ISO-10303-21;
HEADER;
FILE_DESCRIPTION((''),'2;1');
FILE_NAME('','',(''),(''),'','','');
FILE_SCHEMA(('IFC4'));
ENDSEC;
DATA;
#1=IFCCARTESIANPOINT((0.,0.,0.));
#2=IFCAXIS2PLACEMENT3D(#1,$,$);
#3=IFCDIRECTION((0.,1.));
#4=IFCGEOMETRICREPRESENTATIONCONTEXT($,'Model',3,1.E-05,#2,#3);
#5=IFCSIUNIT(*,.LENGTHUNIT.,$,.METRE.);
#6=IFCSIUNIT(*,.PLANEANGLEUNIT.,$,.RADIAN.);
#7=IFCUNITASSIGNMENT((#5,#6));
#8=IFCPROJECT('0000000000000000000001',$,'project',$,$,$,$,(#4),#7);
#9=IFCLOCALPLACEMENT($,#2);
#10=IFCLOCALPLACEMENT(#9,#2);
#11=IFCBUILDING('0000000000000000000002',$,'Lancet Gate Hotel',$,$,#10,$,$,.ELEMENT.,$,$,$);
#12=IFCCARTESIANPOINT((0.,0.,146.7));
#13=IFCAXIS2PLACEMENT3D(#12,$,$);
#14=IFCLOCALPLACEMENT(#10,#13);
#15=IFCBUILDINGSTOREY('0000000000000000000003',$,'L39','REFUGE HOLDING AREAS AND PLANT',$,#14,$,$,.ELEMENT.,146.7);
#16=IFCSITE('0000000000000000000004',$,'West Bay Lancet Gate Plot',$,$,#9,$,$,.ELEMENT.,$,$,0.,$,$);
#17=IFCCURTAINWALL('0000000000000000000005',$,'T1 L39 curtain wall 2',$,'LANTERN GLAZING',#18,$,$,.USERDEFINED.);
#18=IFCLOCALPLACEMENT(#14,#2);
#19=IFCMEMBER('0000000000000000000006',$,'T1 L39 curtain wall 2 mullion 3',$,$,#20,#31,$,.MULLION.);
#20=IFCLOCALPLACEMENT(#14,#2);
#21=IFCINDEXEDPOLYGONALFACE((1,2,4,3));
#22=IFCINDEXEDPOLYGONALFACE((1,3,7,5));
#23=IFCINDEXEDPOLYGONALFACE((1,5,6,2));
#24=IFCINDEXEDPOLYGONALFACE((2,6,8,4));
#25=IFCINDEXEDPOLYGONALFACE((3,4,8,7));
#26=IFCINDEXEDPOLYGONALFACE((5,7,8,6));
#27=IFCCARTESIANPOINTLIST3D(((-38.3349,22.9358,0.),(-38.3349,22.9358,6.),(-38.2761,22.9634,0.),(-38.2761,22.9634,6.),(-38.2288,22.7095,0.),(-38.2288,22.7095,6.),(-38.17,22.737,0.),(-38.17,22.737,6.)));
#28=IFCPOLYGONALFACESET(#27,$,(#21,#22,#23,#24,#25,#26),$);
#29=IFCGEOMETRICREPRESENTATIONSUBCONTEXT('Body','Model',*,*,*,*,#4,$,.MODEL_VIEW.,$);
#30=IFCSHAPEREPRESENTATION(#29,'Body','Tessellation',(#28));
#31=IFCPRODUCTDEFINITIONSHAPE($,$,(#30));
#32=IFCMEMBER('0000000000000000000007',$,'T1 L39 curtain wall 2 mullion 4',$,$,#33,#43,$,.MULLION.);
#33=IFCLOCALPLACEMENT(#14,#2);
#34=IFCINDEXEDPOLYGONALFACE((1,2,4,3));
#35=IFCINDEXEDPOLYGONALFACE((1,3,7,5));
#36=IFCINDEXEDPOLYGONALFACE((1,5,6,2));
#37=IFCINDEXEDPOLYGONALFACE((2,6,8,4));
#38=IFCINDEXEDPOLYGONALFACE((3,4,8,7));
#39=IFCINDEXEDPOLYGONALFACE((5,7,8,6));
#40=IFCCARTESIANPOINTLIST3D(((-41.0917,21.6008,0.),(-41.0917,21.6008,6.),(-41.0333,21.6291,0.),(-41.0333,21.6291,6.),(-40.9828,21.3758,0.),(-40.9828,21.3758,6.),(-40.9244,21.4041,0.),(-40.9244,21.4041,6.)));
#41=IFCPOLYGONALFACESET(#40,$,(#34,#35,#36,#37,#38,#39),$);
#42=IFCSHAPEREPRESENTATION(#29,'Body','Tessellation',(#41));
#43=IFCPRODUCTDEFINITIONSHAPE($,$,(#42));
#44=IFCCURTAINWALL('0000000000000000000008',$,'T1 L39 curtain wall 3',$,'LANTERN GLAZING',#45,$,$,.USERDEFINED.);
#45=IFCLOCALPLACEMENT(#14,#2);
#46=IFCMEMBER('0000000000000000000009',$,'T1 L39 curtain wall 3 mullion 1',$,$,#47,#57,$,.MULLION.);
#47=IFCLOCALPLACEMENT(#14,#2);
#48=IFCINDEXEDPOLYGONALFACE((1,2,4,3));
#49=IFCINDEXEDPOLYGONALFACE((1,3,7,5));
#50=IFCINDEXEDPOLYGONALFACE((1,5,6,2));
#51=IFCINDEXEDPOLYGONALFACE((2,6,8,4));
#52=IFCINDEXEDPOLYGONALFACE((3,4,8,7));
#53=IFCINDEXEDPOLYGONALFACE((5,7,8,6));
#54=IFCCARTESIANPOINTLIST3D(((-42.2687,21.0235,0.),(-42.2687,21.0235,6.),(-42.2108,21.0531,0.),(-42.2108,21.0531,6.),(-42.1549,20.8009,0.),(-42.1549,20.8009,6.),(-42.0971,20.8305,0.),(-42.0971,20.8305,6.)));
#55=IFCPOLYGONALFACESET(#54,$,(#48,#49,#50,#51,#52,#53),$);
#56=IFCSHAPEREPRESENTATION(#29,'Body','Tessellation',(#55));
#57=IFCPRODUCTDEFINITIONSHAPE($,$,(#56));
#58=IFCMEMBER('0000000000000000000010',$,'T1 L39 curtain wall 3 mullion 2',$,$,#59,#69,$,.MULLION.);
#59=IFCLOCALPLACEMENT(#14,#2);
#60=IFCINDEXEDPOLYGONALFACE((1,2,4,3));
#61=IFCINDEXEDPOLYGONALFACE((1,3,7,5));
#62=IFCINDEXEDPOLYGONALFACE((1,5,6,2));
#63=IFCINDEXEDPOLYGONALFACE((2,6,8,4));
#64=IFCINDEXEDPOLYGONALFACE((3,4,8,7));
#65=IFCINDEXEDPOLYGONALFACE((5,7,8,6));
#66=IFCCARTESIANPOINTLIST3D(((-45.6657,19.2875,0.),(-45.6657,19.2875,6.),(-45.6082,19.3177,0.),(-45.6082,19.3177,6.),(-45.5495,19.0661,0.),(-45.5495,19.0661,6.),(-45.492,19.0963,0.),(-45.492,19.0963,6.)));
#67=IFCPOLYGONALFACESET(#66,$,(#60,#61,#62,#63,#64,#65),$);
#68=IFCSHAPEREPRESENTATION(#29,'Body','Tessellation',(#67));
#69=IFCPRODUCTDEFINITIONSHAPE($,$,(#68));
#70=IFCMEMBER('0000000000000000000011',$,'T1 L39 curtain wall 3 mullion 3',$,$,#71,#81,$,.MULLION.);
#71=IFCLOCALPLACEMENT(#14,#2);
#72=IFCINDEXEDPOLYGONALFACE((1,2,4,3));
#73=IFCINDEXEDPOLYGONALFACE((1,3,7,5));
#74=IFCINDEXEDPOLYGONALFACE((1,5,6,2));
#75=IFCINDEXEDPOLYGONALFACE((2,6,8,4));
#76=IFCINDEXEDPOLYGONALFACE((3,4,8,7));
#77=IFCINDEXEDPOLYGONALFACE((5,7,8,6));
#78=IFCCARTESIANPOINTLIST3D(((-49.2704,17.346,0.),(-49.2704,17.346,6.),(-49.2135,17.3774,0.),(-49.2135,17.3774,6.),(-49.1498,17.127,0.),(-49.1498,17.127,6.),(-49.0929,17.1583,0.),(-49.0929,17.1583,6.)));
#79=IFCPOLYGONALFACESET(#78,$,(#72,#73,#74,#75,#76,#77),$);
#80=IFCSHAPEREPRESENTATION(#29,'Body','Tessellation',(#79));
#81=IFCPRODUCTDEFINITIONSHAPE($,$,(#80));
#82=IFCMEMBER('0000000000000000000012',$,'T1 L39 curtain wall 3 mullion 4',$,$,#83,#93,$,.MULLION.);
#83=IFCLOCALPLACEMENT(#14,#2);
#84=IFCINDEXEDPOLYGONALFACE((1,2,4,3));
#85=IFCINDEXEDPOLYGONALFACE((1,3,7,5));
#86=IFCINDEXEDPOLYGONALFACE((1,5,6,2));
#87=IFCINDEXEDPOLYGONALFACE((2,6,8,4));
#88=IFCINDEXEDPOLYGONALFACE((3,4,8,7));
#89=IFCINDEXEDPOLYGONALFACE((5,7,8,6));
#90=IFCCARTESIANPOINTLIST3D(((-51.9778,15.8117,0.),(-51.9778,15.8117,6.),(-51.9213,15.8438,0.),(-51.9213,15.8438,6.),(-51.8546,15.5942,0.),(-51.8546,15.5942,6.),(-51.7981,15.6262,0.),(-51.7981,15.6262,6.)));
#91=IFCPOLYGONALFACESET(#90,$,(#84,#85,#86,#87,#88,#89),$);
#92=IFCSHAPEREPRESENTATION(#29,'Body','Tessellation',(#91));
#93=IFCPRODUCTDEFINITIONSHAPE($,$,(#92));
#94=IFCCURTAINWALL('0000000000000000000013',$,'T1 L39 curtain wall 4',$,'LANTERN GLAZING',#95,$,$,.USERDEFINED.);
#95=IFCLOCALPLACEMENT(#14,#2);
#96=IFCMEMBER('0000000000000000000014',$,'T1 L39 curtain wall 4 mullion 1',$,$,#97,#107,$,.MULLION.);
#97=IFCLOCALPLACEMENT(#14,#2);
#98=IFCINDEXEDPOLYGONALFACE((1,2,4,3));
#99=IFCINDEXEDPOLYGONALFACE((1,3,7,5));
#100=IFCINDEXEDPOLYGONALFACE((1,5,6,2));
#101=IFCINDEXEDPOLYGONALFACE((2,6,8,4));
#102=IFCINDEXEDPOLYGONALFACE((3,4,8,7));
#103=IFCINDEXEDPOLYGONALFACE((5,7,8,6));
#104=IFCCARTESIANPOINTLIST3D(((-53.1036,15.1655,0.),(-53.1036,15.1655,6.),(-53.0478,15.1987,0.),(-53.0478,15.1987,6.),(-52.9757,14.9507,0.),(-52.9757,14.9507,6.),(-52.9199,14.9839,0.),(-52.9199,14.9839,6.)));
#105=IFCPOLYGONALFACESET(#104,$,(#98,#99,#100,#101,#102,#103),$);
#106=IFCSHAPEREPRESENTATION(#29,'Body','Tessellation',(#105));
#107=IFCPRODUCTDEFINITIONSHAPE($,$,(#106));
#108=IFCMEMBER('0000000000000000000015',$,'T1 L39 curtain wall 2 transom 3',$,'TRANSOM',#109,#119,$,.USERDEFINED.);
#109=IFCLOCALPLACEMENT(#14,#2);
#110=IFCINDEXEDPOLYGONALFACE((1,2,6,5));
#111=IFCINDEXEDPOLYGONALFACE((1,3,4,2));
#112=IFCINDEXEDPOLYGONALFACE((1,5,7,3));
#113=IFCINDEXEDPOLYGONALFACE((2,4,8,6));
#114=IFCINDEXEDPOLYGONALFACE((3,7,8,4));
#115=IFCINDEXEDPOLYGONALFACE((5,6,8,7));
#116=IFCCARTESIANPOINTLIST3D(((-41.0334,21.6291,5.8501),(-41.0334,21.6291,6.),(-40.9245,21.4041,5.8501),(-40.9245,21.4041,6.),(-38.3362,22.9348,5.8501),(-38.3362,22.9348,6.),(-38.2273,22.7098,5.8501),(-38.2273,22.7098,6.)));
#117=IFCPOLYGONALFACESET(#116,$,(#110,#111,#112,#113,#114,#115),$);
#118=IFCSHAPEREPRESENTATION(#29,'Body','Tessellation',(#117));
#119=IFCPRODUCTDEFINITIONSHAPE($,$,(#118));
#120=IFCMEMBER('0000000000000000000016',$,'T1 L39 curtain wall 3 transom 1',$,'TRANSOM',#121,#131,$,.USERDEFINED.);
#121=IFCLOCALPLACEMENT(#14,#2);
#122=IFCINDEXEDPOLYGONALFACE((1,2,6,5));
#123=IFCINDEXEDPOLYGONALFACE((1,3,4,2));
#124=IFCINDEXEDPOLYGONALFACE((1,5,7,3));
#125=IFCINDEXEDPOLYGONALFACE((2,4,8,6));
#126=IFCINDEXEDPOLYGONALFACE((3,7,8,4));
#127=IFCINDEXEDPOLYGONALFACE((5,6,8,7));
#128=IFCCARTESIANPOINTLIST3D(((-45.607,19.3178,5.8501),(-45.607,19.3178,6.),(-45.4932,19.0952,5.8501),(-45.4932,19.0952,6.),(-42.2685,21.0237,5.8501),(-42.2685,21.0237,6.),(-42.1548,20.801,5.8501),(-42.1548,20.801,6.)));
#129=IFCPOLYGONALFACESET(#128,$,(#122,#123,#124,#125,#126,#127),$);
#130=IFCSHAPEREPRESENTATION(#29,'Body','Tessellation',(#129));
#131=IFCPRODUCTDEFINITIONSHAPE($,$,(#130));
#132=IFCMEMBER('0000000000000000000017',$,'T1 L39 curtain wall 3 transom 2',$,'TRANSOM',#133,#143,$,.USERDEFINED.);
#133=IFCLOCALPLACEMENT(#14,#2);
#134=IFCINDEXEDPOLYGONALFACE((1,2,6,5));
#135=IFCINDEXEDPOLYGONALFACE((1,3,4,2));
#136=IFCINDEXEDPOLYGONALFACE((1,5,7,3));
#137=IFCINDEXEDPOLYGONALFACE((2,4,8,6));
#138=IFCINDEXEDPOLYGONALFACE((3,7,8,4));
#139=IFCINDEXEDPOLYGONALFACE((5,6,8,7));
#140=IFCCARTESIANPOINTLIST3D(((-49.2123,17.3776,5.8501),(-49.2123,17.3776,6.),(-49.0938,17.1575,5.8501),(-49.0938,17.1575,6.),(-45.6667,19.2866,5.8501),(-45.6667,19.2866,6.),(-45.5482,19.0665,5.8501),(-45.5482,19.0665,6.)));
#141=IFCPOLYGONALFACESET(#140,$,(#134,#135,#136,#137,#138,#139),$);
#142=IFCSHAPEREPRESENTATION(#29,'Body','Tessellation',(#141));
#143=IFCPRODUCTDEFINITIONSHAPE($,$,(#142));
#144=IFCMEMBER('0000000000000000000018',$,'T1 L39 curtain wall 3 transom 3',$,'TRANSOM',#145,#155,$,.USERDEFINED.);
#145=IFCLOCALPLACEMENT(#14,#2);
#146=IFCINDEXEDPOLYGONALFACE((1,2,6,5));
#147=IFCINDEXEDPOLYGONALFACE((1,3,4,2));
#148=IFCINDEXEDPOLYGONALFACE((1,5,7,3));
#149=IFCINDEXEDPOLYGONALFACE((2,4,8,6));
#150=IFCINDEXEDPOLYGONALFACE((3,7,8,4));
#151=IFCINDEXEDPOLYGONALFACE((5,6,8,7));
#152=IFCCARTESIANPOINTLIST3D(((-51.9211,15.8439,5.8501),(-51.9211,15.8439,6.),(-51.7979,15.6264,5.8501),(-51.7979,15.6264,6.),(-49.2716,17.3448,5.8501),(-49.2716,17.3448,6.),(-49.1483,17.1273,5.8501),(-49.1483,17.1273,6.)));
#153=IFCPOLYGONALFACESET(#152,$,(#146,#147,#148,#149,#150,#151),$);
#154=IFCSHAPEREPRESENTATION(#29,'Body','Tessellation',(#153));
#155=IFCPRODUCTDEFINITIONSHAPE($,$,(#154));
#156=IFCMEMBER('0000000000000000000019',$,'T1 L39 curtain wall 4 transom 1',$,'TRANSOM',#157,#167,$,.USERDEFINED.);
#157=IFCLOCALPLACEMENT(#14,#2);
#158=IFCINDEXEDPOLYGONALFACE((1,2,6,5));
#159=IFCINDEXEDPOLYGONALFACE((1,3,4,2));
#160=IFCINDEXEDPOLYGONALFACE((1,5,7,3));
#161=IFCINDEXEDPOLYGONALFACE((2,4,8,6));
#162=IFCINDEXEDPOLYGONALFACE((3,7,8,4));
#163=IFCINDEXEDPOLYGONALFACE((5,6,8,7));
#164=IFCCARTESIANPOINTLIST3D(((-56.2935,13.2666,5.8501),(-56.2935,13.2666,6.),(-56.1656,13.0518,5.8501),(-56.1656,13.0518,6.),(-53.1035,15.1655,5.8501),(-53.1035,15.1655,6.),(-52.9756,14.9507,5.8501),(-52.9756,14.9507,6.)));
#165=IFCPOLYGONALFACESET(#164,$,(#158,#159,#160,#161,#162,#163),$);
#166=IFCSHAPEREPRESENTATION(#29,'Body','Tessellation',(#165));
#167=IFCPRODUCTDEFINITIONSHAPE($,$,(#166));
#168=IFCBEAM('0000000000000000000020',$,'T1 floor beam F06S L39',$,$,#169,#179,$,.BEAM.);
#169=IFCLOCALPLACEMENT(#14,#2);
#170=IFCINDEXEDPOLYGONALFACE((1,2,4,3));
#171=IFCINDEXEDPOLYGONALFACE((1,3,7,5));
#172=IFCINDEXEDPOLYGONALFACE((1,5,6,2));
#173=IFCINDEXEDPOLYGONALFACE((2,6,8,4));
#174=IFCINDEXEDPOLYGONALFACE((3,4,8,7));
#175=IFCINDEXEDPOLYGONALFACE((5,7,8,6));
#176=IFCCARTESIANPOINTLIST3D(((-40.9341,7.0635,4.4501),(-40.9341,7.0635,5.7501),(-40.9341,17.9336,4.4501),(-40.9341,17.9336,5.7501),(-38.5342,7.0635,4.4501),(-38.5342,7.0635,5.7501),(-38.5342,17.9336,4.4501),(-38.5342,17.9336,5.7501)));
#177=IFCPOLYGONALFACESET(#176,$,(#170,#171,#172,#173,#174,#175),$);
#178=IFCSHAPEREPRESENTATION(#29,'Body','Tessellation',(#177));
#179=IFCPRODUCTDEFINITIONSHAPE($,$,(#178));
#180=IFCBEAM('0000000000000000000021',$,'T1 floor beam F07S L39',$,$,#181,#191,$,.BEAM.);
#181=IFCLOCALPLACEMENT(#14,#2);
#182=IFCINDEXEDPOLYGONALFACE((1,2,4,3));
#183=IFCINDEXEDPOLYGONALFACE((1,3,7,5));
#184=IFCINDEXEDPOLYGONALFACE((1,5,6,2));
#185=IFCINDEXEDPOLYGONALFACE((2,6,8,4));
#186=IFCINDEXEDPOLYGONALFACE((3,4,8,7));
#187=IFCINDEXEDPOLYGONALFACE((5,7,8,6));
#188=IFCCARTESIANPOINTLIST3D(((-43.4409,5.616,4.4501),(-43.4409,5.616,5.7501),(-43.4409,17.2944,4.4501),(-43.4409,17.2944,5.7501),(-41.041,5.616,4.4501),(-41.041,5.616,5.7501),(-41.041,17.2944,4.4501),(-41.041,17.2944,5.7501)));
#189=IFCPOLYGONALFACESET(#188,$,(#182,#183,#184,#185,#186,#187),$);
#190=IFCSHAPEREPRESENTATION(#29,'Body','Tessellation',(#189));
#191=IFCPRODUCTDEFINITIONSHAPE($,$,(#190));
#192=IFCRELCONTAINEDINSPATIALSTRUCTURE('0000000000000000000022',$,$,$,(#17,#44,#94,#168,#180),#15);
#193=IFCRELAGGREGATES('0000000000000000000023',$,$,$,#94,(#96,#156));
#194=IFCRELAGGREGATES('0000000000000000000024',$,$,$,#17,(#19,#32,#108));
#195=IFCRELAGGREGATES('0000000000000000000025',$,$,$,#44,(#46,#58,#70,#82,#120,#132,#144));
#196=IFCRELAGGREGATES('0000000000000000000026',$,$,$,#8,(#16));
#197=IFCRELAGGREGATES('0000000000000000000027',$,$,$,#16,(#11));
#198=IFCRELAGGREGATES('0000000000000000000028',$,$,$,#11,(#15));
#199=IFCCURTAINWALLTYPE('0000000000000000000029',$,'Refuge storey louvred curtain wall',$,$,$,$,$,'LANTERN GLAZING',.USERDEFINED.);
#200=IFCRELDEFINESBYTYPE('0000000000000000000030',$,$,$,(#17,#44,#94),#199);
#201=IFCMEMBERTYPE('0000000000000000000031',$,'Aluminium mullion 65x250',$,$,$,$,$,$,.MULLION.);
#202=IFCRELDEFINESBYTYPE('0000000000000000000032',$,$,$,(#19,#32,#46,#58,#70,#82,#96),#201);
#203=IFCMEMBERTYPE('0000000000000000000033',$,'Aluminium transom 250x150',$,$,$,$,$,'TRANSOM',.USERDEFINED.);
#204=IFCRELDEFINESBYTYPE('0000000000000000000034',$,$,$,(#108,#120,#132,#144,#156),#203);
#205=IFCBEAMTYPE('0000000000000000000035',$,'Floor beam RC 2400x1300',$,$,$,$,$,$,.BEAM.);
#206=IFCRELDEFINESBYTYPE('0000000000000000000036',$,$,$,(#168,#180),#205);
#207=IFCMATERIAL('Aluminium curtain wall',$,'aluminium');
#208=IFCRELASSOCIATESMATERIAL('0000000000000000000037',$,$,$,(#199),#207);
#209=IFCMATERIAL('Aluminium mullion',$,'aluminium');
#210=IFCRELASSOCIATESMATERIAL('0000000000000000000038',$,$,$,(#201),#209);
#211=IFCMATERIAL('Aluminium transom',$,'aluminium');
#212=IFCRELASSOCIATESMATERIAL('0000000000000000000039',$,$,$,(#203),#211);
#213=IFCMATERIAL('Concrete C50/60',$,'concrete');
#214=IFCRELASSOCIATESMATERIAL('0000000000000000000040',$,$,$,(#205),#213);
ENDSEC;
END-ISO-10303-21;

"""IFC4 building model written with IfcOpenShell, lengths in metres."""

from ifc_helpers import new_model, si_unit, direction, frame, origin, origin_2d, place, context, subcontext, project, spatial, rectangle, extrude, material, material_profile, profile_set, type_object, element, aggregate, save


model = new_model("IFC4")

# Units and contexts
model_context = context("Model", 3, precision=1e-05, world=origin(), true_north=direction((0.0, 1.0)))
body_context = subcontext(model_context, "Body", "Model", "MODEL_VIEW")
ifc_project = project(units=[si_unit("LENGTHUNIT", "METRE"), si_unit("PLANEANGLEUNIT", "RADIAN")], contexts=[model_context])

# Site, building, storey
site_placement = place(None, origin())
site = spatial("IfcSite", under=ifc_project, at=site_placement, Name="West Bay Lancet Gate Plot", CompositionType="ELEMENT", RefElevation=0.0)
building_placement = place(site_placement, origin())
building = spatial("IfcBuilding", under=site, at=building_placement, Name="Lancet Gate Hotel", CompositionType="ELEMENT")
storey_placement = place(building_placement, frame((0.0, 0.0, 146.7)))
storey = spatial("IfcBuildingStorey", under=building, at=storey_placement, Name="L39", Description="REFUGE HOLDING AREAS AND PLANT", CompositionType="ELEMENT", Elevation=146.7)

# Curtain walls, members
ifc_material_1 = material(Name="Aluminium curtain wall", Category="aluminium")
curtain_wall_type = type_object("IfcCurtainWallType", Name="Refuge storey louvred curtain wall", ElementType="LANTERN GLAZING", PredefinedType="USERDEFINED", material=ifc_material_1)
curtain_wall_1_placement = place(storey_placement, origin())
curtain_wall_1 = element("IfcCurtainWall", 1, at=curtain_wall_1_placement, inside=storey, type_object=curtain_wall_type, Name="T1 L39 curtain wall 2", ObjectType="LANTERN GLAZING", PredefinedType="USERDEFINED")
ifc_material_2 = material(Name="Aluminium mullion", Category="aluminium")
ifc_material_profile_1 = material_profile(ifc_material_2, rectangle(XDim=0.0649, YDim=0.25, at=origin_2d()), Name="MULLION 65x250")
ifc_profile_set_1 = profile_set([ifc_material_profile_1], Name="Aluminium mullion")
member_type_1 = type_object("IfcMemberType", Name="Aluminium mullion 65x250", PredefinedType="MULLION", material=ifc_profile_set_1)
member_1_placement = place(storey_placement, frame((-38.2524, 22.8364, 0.0), z_axis=(0.0, 0.0, 1.0), x_axis=(-0.905379, -0.424605, 0.0)))
member_1 = element("IfcMember", 2, at=member_1_placement, type_object=member_type_1, Name="T1 L39 curtain wall 2 mullion 3", PredefinedType="MULLION", context=body_context, shape_type="SweptSolid", body=[
    extrude(rectangle(XDim=0.0649, YDim=0.25, at=origin_2d()), origin(), (0.0, 0.0, 1.0), 6.0),
])
member_2_placement = place(storey_placement, frame((-41.0081, 21.5024, 0.0), z_axis=(0.0, 0.0, 1.0), x_axis=(-0.900082, -0.435721, 0.0)))
member_2 = element("IfcMember", 3, at=member_2_placement, type_object=member_type_1, Name="T1 L39 curtain wall 2 mullion 4", PredefinedType="MULLION", context=body_context, shape_type="SweptSolid", body=[
    extrude(rectangle(XDim=0.0649, YDim=0.25, at=origin_2d()), origin(), (0.0, 0.0, 1.0), 6.0),
])
curtain_wall_2_placement = place(storey_placement, origin())
curtain_wall_2 = element("IfcCurtainWall", 4, at=curtain_wall_2_placement, inside=storey, type_object=curtain_wall_type, Name="T1 L39 curtain wall 3", ObjectType="LANTERN GLAZING", PredefinedType="USERDEFINED")
member_3_placement = place(storey_placement, frame((-42.1829, 20.927, 0.0), z_axis=(0.0, 0.0, 1.0), x_axis=(-0.890493, -0.454996, 0.0)))
member_3 = element("IfcMember", 5, at=member_3_placement, type_object=member_type_1, Name="T1 L39 curtain wall 3 mullion 1", PredefinedType="MULLION", context=body_context, shape_type="SweptSolid", body=[
    extrude(rectangle(XDim=0.0649, YDim=0.25, at=origin_2d()), origin(), (0.0, 0.0, 1.0), 6.0),
])
member_4_placement = place(storey_placement, frame((-45.5789, 19.1919, 0.0), z_axis=(0.0, 0.0, 1.0), x_axis=(-0.885368, -0.46489, 0.0)))
member_4 = element("IfcMember", 6, at=member_4_placement, type_object=member_type_1, Name="T1 L39 curtain wall 3 mullion 2", PredefinedType="MULLION", context=body_context, shape_type="SweptSolid", body=[
    extrude(rectangle(XDim=0.0649, YDim=0.25, at=origin_2d()), origin(), (0.0, 0.0, 1.0), 6.0),
])
member_5_placement = place(storey_placement, frame((-49.1816, 17.2522, 0.0), z_axis=(0.0, 0.0, 1.0), x_axis=(-0.876047, -0.482226, 0.0)))
member_5 = element("IfcMember", 7, at=member_5_placement, type_object=member_type_1, Name="T1 L39 curtain wall 3 mullion 3", PredefinedType="MULLION", context=body_context, shape_type="SweptSolid", body=[
    extrude(rectangle(XDim=0.0649, YDim=0.25, at=origin_2d()), origin(), (0.0, 0.0, 1.0), 6.0),
])
member_6_placement = place(storey_placement, frame((-51.8879, 15.719, 0.0), z_axis=(0.0, 0.0, 1.0), x_axis=(-0.870084, -0.492904, 0.0)))
member_6 = element("IfcMember", 8, at=member_6_placement, type_object=member_type_1, Name="T1 L39 curtain wall 3 mullion 4", PredefinedType="MULLION", context=body_context, shape_type="SweptSolid", body=[
    extrude(rectangle(XDim=0.0649, YDim=0.25, at=origin_2d()), origin(), (0.0, 0.0, 1.0), 6.0),
])

# Curtain wall, member
curtain_wall_3_placement = place(storey_placement, origin())
curtain_wall_3 = element("IfcCurtainWall", 9, at=curtain_wall_3_placement, inside=storey, type_object=curtain_wall_type, Name="T1 L39 curtain wall 4", ObjectType="LANTERN GLAZING", PredefinedType="USERDEFINED")
member_7_placement = place(storey_placement, frame((-53.0117, 15.0747, 0.0), z_axis=(0.0, 0.0, 1.0), x_axis=(-0.859271, -0.51152, 0.0)))
member_7 = element("IfcMember", 10, at=member_7_placement, type_object=member_type_1, Name="T1 L39 curtain wall 4 mullion 1", PredefinedType="MULLION", context=body_context, shape_type="SweptSolid", body=[
    extrude(rectangle(XDim=0.0649, YDim=0.25, at=origin_2d()), origin(), (0.0, 0.0, 1.0), 6.0),
])

# Members
ifc_material_3 = material(Name="Aluminium transom", Category="aluminium")
ifc_material_profile_2 = material_profile(ifc_material_3, rectangle(XDim=0.25, YDim=0.1499, at=origin_2d()), Name="TRANSOM 250x150")
ifc_profile_set_2 = profile_set([ifc_material_profile_2], Name="Aluminium transom")
member_type_2 = type_object("IfcMemberType", Name="Aluminium transom 250x150", ElementType="TRANSOM", PredefinedType="USERDEFINED", material=ifc_profile_set_2)
member_8_placement = place(storey_placement, frame((-38.2817, 22.8223, 5.925), z_axis=(-0.900089, -0.435706, 0.0), x_axis=(0.435706, -0.900089, 0.0)))
member_8 = element("IfcMember", 11, at=member_8_placement, type_object=member_type_2, Name="T1 L39 curtain wall 2 transom 3", ObjectType="TRANSOM", PredefinedType="USERDEFINED", context=body_context, shape_type="SweptSolid", body=[
    extrude(rectangle(XDim=0.25, YDim=0.1499, at=origin_2d()), origin(), (0.0, 0.0, 1.0), 2.9966),
])
member_9_placement = place(storey_placement, frame((-42.2117, 20.9124, 5.925), z_axis=(-0.890486, -0.455011, 0.0), x_axis=(0.455011, -0.890486, 0.0)))
member_9 = element("IfcMember", 12, at=member_9_placement, type_object=member_type_2, Name="T1 L39 curtain wall 3 transom 1", ObjectType="TRANSOM", PredefinedType="USERDEFINED", context=body_context, shape_type="SweptSolid", body=[
    extrude(rectangle(XDim=0.25, YDim=0.1499, at=origin_2d()), origin(), (0.0, 0.0, 1.0), 3.749),
])
member_10_placement = place(storey_placement, frame((-45.6074, 19.1765, 5.925), z_axis=(-0.880498, -0.474049, 0.0), x_axis=(0.474049, -0.880498, 0.0)))
member_10 = element("IfcMember", 13, at=member_10_placement, type_object=member_type_2, Name="T1 L39 curtain wall 3 transom 2", ObjectType="TRANSOM", PredefinedType="USERDEFINED", context=body_context, shape_type="SweptSolid", body=[
    extrude(rectangle(XDim=0.25, YDim=0.1499, at=origin_2d()), origin(), (0.0, 0.0, 1.0), 4.0269),
])
member_11_placement = place(storey_placement, frame((-49.21, 17.2361, 5.925), z_axis=(-0.870092, -0.492889, 0.0), x_axis=(0.492889, -0.870092, 0.0)))
member_11 = element("IfcMember", 14, at=member_11_placement, type_object=member_type_2, Name="T1 L39 curtain wall 3 transom 3", ObjectType="TRANSOM", PredefinedType="USERDEFINED", context=body_context, shape_type="SweptSolid", body=[
    extrude(rectangle(XDim=0.25, YDim=0.1499, at=origin_2d()), origin(), (0.0, 0.0, 1.0), 3.0452),
])
member_12_placement = place(storey_placement, frame((-53.0396, 15.0581, 5.925), z_axis=(-0.859275, -0.511514, 0.0), x_axis=(0.511514, -0.859275, 0.0)))
member_12 = element("IfcMember", 15, at=member_12_placement, type_object=member_type_2, Name="T1 L39 curtain wall 4 transom 1", ObjectType="TRANSOM", PredefinedType="USERDEFINED", context=body_context, shape_type="SweptSolid", body=[
    extrude(rectangle(XDim=0.25, YDim=0.1499, at=origin_2d()), origin(), (0.0, 0.0, 1.0), 3.7124),
])
aggregate(curtain_wall_3, [member_7, member_12])

# Beams
ifc_material_4 = material(Name="Concrete C50/60", Category="concrete")
ifc_material_profile_3 = material_profile(ifc_material_4, rectangle(XDim=2.3999, YDim=1.3, at=origin_2d()), Name="RC 2400x1300")
ifc_profile_set_3 = profile_set([ifc_material_profile_3], Name="Concrete C50/60")
beam_type_1 = type_object("IfcBeamType", Name="Floor beam RC 2400x1300", PredefinedType="BEAM", material=ifc_profile_set_3)
beam_1_placement = place(storey_placement, frame((-39.7341, 17.9336, 5.1001), z_axis=(0.0, -1.0, 0.0), x_axis=(1.0, 0.0, 0.0)))
element("IfcBeam", 16, at=beam_1_placement, inside=storey, type_object=beam_type_1, Name="T1 floor beam F06S L39", PredefinedType="BEAM", context=body_context, shape_type="SweptSolid", body=[
    extrude(rectangle(XDim=2.3999, YDim=1.3, at=origin_2d()), origin(), (0.0, 0.0, 1.0), 10.8701),
])
beam_2_placement = place(storey_placement, frame((-42.241, 17.2944, 5.1001), z_axis=(0.0, -1.0, 0.0), x_axis=(1.0, 0.0, 0.0)))
element("IfcBeam", 17, at=beam_2_placement, inside=storey, type_object=beam_type_1, Name="T1 floor beam F07S L39", PredefinedType="BEAM", context=body_context, shape_type="SweptSolid", body=[
    extrude(rectangle(XDim=2.3999, YDim=1.3, at=origin_2d()), origin(), (0.0, 0.0, 1.0), 11.6785),
])

aggregate(curtain_wall_1, [member_1, member_2, member_8])
aggregate(curtain_wall_2, [member_3, member_4, member_5, member_6, member_9, member_10, member_11])

save(model, "model.ifc")
